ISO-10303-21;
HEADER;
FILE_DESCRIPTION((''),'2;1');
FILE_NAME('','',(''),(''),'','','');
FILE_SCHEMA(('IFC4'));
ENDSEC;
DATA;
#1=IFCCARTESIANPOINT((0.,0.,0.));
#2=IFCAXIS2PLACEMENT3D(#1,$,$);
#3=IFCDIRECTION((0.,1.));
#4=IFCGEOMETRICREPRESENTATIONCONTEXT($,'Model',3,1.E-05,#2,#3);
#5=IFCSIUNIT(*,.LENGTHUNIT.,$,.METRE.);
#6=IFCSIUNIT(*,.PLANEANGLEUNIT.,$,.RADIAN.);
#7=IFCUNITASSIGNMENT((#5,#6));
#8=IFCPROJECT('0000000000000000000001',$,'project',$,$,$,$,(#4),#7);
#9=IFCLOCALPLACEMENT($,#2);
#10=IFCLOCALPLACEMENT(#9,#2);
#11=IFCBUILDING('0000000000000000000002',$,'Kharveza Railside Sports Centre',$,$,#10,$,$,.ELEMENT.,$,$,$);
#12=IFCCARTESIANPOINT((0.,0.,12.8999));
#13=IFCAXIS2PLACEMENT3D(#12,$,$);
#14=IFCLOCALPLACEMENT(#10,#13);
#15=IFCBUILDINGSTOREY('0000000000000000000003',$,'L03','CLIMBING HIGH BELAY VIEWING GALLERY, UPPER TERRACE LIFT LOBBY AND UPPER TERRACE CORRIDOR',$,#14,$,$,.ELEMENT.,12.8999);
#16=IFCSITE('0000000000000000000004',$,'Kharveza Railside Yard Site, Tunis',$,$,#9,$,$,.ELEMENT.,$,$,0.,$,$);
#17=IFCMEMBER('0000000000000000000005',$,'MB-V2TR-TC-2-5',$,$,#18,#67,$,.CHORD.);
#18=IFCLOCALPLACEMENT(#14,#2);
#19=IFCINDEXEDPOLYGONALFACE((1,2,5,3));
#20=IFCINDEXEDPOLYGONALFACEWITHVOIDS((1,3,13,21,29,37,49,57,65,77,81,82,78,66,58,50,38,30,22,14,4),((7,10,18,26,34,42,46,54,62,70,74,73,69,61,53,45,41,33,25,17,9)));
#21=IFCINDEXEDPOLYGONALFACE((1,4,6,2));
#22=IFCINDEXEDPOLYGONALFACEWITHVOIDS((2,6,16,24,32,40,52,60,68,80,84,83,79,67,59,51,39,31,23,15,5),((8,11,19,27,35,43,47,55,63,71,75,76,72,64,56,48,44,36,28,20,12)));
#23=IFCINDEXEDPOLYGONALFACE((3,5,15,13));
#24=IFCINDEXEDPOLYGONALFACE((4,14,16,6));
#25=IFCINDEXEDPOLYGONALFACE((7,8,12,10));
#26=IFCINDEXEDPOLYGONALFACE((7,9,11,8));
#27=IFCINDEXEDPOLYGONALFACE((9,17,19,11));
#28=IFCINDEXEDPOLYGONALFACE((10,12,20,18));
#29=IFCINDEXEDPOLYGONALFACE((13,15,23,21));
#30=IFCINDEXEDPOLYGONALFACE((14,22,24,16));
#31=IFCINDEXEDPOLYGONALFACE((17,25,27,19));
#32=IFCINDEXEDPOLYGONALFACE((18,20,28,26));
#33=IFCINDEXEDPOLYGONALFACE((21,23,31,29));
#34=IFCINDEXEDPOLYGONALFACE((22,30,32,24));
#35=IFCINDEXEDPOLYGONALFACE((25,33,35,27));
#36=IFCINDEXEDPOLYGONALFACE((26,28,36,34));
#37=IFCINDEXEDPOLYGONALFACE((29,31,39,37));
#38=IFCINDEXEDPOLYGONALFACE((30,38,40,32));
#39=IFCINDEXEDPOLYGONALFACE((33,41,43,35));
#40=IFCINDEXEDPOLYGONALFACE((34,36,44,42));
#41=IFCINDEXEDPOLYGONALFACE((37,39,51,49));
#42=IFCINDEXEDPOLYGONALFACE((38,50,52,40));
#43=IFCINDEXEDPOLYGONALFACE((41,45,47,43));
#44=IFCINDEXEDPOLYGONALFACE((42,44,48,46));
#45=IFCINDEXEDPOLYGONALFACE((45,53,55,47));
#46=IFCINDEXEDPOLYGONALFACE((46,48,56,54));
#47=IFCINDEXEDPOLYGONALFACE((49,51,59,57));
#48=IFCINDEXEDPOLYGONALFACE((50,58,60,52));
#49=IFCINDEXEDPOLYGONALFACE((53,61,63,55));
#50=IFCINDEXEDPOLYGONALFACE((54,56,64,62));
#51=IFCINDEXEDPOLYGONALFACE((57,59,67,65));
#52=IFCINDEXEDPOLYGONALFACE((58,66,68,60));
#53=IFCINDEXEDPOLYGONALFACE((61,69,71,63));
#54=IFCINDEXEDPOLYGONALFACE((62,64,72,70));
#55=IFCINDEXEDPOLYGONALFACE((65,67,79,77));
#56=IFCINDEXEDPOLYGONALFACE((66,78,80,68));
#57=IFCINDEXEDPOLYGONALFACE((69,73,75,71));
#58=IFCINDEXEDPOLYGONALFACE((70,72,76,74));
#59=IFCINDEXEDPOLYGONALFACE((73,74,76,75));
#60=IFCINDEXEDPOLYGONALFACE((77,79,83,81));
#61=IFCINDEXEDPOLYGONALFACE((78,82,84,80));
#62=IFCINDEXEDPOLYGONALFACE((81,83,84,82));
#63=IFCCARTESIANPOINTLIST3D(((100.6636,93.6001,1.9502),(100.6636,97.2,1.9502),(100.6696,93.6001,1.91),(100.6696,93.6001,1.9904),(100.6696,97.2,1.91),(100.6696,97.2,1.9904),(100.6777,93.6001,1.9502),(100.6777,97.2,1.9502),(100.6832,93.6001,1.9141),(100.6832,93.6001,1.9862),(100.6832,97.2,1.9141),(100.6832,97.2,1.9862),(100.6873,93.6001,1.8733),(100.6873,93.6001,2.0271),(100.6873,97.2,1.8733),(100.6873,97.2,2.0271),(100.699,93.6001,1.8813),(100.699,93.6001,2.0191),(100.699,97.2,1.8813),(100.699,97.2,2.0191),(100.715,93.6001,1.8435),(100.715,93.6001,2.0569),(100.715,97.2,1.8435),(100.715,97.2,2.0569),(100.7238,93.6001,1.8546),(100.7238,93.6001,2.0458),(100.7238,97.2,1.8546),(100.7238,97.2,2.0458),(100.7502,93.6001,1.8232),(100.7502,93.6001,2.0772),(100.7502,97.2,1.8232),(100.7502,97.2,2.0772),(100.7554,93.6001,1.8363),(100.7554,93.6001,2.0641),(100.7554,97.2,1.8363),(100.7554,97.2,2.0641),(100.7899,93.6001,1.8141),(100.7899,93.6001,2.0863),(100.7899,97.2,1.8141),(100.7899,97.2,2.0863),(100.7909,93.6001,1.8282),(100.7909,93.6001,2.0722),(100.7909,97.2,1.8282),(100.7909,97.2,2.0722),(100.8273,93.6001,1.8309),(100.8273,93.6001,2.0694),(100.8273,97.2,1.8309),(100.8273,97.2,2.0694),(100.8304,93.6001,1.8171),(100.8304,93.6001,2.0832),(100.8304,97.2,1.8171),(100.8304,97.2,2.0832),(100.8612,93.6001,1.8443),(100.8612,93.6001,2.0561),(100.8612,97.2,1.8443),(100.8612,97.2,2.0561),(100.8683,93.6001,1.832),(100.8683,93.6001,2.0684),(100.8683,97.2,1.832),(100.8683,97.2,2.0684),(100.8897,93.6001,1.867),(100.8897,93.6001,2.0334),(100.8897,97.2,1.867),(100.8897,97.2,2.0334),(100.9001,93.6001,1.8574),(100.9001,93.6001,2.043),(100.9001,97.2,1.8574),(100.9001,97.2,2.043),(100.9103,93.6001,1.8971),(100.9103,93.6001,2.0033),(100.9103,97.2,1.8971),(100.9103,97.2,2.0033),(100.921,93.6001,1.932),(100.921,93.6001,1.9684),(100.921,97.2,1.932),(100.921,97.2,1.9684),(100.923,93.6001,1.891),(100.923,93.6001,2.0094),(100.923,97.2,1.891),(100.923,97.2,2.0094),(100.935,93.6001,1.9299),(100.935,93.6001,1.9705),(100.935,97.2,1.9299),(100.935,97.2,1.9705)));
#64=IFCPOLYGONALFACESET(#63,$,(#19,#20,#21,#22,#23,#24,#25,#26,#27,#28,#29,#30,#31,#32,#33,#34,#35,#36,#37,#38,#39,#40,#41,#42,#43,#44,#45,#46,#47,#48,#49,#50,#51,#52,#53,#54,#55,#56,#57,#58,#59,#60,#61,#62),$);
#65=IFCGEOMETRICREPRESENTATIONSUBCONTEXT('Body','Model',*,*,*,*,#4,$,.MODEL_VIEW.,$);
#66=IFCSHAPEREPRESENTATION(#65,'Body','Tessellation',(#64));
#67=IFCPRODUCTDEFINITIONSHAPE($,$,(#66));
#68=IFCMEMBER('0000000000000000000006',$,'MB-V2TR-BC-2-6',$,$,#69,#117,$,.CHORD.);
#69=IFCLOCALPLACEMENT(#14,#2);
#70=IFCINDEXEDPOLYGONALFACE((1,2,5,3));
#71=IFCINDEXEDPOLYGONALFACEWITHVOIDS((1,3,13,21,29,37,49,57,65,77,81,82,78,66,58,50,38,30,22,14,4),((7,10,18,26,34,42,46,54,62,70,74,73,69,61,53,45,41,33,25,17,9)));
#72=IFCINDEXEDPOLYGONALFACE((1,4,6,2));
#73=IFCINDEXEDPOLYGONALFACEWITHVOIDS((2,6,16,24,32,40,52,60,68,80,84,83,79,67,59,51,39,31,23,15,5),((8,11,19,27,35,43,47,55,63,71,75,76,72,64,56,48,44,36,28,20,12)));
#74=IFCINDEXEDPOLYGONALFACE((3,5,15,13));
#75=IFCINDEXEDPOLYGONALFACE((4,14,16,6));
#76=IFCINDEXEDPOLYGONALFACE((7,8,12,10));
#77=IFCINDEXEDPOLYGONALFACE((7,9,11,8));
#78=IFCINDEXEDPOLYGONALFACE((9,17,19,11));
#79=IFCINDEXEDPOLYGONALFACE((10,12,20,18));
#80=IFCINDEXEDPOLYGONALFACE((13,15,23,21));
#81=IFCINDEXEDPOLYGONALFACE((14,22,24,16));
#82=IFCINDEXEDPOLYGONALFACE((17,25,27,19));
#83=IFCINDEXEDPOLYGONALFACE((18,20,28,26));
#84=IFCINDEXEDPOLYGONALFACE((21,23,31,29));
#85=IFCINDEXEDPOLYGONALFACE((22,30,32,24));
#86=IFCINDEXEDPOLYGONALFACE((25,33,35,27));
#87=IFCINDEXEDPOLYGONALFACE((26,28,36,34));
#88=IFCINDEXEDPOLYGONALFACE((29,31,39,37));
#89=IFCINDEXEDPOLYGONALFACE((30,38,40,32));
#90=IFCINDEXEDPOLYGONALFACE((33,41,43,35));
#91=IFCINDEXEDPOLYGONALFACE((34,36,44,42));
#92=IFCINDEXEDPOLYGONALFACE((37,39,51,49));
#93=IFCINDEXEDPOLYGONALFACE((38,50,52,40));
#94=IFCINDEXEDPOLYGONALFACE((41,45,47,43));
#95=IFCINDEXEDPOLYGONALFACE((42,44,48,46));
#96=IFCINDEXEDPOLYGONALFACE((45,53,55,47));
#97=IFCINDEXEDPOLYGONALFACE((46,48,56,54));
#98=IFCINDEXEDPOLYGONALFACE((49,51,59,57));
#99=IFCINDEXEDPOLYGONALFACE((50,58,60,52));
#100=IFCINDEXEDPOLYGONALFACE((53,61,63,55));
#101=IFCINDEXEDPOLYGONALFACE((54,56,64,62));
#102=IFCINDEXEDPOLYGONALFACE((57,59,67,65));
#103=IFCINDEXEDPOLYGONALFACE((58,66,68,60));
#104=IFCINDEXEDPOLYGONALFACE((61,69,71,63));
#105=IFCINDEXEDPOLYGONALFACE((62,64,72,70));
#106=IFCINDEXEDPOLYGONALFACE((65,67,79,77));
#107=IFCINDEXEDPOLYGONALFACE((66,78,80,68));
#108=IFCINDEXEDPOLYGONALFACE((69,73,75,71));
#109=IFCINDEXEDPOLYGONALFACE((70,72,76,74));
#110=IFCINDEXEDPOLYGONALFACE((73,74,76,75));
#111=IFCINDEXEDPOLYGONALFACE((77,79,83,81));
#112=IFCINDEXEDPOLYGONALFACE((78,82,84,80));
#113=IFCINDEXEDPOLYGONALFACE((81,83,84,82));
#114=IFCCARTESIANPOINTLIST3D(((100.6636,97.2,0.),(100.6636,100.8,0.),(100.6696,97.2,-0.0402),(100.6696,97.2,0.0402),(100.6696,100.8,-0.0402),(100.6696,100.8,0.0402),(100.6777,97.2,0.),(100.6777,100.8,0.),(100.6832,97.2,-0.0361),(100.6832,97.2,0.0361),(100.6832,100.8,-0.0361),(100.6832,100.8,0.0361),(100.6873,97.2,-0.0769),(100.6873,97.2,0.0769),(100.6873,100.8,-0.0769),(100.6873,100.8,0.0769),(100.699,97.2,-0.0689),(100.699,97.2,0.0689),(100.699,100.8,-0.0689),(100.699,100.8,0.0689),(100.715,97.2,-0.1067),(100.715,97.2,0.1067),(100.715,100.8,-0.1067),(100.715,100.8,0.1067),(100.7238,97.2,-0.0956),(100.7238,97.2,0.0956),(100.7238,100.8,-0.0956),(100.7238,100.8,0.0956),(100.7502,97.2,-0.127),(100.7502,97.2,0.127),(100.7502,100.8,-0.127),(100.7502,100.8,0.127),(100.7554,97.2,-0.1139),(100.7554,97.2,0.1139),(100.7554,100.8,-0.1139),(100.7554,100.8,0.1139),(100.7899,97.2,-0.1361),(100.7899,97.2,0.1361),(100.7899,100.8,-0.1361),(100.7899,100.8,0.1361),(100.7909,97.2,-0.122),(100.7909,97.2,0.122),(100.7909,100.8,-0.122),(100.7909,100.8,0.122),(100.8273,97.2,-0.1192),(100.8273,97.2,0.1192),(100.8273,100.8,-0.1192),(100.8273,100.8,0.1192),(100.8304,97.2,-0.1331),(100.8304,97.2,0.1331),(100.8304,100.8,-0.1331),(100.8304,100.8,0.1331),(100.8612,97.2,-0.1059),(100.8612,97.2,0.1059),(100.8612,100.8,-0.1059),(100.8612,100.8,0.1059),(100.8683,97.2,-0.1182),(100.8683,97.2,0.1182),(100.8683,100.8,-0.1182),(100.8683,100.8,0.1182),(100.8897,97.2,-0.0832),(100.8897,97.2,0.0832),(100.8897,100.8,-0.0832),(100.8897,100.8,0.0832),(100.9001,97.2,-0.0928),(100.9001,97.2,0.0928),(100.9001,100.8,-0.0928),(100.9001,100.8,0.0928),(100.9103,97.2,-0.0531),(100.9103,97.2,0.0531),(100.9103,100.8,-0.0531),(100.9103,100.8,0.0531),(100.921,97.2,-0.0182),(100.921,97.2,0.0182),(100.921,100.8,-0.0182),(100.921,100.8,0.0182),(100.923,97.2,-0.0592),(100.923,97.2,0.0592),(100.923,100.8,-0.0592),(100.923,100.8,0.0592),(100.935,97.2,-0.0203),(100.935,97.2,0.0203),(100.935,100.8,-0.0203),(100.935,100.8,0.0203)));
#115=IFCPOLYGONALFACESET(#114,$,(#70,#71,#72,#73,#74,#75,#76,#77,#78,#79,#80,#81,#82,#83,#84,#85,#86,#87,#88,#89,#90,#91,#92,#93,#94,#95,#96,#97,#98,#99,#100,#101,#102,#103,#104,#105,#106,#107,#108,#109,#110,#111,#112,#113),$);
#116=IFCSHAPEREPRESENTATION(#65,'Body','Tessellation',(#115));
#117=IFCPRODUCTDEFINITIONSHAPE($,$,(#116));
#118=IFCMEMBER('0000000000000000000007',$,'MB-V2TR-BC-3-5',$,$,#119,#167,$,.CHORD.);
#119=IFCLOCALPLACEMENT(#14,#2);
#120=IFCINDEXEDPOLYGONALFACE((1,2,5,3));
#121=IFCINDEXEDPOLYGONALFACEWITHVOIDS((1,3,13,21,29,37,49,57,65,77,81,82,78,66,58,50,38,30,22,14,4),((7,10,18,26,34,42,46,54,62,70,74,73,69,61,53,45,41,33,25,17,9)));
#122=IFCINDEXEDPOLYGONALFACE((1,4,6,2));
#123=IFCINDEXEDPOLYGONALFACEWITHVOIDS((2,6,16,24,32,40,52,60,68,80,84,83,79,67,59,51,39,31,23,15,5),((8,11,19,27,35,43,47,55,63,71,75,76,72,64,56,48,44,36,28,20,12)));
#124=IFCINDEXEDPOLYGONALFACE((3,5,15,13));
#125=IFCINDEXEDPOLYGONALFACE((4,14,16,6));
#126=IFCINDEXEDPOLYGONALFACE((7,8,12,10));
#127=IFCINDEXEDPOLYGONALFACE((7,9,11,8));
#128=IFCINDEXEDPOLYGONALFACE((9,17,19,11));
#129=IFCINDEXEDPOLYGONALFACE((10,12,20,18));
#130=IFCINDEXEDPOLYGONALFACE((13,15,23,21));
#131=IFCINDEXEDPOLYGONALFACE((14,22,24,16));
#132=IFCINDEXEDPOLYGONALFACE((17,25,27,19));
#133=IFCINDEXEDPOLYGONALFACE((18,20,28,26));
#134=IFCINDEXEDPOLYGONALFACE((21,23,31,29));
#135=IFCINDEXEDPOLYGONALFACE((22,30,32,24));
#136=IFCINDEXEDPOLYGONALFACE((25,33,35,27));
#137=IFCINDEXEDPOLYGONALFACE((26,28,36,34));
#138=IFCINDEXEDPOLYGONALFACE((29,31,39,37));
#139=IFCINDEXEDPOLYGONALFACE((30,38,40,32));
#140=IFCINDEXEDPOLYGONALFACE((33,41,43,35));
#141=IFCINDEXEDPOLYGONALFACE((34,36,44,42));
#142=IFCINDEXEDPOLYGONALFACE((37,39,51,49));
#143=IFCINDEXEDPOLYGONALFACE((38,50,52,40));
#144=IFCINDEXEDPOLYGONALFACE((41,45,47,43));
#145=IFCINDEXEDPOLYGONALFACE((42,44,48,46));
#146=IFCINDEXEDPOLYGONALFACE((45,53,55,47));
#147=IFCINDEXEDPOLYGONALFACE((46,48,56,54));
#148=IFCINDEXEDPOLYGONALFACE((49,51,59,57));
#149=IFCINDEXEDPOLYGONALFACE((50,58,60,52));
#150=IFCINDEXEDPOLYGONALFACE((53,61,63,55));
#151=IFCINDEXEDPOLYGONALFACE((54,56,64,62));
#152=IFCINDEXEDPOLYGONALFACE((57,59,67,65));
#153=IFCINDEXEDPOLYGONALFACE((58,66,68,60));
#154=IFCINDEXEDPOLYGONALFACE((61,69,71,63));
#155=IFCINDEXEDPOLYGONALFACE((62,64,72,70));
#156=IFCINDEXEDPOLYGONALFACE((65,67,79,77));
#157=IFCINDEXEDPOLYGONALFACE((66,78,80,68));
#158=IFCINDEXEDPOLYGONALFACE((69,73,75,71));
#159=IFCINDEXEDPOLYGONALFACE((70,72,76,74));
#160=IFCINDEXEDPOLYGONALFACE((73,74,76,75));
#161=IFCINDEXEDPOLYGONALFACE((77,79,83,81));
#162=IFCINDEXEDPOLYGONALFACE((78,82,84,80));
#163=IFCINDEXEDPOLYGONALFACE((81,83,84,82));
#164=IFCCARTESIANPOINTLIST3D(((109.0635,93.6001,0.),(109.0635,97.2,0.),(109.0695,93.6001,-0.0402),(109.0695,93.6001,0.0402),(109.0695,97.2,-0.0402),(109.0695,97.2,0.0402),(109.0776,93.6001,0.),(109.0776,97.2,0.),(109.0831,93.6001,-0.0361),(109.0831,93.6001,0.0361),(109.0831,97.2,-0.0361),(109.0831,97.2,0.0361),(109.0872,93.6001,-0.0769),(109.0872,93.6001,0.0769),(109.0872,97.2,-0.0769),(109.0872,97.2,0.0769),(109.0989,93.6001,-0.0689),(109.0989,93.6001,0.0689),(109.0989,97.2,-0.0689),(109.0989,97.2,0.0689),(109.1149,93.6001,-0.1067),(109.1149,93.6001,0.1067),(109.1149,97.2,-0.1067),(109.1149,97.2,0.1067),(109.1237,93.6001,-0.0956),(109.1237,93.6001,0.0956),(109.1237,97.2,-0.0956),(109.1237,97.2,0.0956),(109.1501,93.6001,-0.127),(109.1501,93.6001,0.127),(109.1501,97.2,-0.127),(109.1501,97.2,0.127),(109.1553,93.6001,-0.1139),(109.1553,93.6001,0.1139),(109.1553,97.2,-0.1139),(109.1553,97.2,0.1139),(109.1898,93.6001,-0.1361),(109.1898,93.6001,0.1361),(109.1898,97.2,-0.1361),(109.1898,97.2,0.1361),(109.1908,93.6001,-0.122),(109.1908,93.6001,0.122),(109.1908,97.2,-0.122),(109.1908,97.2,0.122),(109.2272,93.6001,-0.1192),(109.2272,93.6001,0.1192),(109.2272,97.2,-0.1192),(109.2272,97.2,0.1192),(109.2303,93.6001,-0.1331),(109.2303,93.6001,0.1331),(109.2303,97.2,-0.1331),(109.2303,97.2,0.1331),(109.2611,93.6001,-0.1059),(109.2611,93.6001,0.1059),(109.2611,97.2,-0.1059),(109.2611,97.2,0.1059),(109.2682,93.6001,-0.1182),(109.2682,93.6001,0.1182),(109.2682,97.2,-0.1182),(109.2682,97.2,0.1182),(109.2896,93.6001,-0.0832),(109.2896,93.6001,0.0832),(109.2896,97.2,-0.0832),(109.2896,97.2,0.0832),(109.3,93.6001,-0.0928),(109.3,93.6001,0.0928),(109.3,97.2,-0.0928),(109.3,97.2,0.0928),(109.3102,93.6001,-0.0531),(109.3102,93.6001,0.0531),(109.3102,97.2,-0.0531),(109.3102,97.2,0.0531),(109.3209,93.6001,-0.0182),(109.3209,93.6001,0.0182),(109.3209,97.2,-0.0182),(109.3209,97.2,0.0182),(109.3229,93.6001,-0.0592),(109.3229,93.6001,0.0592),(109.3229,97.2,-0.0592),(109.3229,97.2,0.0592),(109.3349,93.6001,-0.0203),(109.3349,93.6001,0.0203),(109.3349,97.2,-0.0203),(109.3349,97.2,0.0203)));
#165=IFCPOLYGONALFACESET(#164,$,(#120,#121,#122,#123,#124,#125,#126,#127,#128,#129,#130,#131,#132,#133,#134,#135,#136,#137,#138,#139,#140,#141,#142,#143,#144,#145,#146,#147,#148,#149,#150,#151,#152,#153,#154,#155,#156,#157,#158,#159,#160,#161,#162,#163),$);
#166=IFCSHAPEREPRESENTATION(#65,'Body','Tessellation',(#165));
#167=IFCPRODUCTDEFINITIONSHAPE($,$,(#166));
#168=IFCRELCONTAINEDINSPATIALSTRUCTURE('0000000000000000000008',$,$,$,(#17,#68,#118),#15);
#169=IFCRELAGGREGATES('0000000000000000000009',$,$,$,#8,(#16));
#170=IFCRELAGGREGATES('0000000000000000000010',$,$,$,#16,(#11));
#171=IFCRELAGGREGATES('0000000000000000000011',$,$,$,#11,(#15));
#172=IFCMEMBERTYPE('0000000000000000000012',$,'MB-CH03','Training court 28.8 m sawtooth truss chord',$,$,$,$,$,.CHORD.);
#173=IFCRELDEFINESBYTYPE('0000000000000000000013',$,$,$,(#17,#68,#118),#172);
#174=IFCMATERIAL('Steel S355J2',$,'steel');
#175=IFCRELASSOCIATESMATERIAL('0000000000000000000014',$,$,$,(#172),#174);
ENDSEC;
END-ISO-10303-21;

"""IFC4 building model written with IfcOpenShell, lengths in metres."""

from ifc_helpers import new_model, si_unit, direction, frame, origin, origin_2d, place, context, subcontext, project, spatial, hollow_circle, extrude, material, material_profile, profile_set, type_object, element, save


model = new_model("IFC4")

# Units and contexts
model_context = context("Model", 3, precision=1e-05, world=origin(), true_north=direction((0.0, 1.0)))
body_context = subcontext(model_context, "Body", "Model", "MODEL_VIEW")
ifc_project = project(units=[si_unit("LENGTHUNIT", "METRE"), si_unit("PLANEANGLEUNIT", "RADIAN")], contexts=[model_context])

# Site, building, storey
site_placement = place(None, origin())
site = spatial("IfcSite", under=ifc_project, at=site_placement, Name="Kharveza Railside Yard Site, Tunis", CompositionType="ELEMENT", RefElevation=0.0)
building_placement = place(site_placement, origin())
building = spatial("IfcBuilding", under=site, at=building_placement, Name="Kharveza Railside Sports Centre", CompositionType="ELEMENT")
storey_placement = place(building_placement, frame((0.0, 0.0, 12.8999)))
storey = spatial("IfcBuildingStorey", under=building, at=storey_placement, Name="L03", Description="CLIMBING HIGH BELAY VIEWING GALLERY, UPPER TERRACE LIFT LOBBY AND UPPER TERRACE CORRIDOR", CompositionType="ELEMENT", Elevation=12.8999)

# Shared definitions
ifc_material_1 = material(Name="Steel S355J2", Category="steel")

# Members
ifc_material_profile_1 = material_profile(ifc_material_1, hollow_circle(Radius=0.1365, WallThickness=0.0142, at=origin_2d()), Name="CHS 273.0x14.2")
ifc_profile_set_1 = profile_set([ifc_material_profile_1], Name="Steel S355J2")
member_type_1 = type_object("IfcMemberType", Name="MB-CH03", Description="Training court 28.8 m sawtooth truss chord", PredefinedType="CHORD", material=ifc_profile_set_1)
for number, where, z_axis, x_axis, name in (
    (1, (100.8, 93.6001, 1.9502), (0.0, 1.0, 0.0), (-1.0, 0.0, 0.0), "MB-V2TR-TC-2-5"),
):
    element("IfcMember", number, at=place(storey_placement, frame(where, z_axis=z_axis, x_axis=x_axis)), inside=storey, type_object=member_type_1, Name=name, PredefinedType="CHORD", context=body_context, shape_type="SweptSolid", body=[
        extrude(hollow_circle(Radius=0.1365, WallThickness=0.0142, at=origin_2d()), origin(), (0.0, 0.0, 1.0), 3.5999),
    ])
member_1_placement = place(storey_placement, frame((100.8, 97.2, 0.0), z_axis=(0.0, 1.0, 0.0), x_axis=(-1.0, 0.0, 0.0)))
element("IfcMember", 2, at=member_1_placement, inside=storey, type_object=member_type_1, Name="MB-V2TR-BC-2-6", PredefinedType="CHORD", context=body_context, shape_type="SweptSolid", body=[
    extrude(hollow_circle(Radius=0.1365, WallThickness=0.0142, at=origin_2d()), origin(), (0.0, 0.0, 1.0), 3.6001),
])
for number, where, z_axis, x_axis, name in (
    (3, (109.2, 93.6001, 0.0), (0.0, 1.0, 0.0), (-1.0, 0.0, 0.0), "MB-V2TR-BC-3-5"),
):
    element("IfcMember", number, at=place(storey_placement, frame(where, z_axis=z_axis, x_axis=x_axis)), inside=storey, type_object=member_type_1, Name=name, PredefinedType="CHORD", context=body_context, shape_type="SweptSolid", body=[
        extrude(hollow_circle(Radius=0.1365, WallThickness=0.0142, at=origin_2d()), origin(), (0.0, 0.0, 1.0), 3.5999),
    ])

save(model, "model.ifc")
